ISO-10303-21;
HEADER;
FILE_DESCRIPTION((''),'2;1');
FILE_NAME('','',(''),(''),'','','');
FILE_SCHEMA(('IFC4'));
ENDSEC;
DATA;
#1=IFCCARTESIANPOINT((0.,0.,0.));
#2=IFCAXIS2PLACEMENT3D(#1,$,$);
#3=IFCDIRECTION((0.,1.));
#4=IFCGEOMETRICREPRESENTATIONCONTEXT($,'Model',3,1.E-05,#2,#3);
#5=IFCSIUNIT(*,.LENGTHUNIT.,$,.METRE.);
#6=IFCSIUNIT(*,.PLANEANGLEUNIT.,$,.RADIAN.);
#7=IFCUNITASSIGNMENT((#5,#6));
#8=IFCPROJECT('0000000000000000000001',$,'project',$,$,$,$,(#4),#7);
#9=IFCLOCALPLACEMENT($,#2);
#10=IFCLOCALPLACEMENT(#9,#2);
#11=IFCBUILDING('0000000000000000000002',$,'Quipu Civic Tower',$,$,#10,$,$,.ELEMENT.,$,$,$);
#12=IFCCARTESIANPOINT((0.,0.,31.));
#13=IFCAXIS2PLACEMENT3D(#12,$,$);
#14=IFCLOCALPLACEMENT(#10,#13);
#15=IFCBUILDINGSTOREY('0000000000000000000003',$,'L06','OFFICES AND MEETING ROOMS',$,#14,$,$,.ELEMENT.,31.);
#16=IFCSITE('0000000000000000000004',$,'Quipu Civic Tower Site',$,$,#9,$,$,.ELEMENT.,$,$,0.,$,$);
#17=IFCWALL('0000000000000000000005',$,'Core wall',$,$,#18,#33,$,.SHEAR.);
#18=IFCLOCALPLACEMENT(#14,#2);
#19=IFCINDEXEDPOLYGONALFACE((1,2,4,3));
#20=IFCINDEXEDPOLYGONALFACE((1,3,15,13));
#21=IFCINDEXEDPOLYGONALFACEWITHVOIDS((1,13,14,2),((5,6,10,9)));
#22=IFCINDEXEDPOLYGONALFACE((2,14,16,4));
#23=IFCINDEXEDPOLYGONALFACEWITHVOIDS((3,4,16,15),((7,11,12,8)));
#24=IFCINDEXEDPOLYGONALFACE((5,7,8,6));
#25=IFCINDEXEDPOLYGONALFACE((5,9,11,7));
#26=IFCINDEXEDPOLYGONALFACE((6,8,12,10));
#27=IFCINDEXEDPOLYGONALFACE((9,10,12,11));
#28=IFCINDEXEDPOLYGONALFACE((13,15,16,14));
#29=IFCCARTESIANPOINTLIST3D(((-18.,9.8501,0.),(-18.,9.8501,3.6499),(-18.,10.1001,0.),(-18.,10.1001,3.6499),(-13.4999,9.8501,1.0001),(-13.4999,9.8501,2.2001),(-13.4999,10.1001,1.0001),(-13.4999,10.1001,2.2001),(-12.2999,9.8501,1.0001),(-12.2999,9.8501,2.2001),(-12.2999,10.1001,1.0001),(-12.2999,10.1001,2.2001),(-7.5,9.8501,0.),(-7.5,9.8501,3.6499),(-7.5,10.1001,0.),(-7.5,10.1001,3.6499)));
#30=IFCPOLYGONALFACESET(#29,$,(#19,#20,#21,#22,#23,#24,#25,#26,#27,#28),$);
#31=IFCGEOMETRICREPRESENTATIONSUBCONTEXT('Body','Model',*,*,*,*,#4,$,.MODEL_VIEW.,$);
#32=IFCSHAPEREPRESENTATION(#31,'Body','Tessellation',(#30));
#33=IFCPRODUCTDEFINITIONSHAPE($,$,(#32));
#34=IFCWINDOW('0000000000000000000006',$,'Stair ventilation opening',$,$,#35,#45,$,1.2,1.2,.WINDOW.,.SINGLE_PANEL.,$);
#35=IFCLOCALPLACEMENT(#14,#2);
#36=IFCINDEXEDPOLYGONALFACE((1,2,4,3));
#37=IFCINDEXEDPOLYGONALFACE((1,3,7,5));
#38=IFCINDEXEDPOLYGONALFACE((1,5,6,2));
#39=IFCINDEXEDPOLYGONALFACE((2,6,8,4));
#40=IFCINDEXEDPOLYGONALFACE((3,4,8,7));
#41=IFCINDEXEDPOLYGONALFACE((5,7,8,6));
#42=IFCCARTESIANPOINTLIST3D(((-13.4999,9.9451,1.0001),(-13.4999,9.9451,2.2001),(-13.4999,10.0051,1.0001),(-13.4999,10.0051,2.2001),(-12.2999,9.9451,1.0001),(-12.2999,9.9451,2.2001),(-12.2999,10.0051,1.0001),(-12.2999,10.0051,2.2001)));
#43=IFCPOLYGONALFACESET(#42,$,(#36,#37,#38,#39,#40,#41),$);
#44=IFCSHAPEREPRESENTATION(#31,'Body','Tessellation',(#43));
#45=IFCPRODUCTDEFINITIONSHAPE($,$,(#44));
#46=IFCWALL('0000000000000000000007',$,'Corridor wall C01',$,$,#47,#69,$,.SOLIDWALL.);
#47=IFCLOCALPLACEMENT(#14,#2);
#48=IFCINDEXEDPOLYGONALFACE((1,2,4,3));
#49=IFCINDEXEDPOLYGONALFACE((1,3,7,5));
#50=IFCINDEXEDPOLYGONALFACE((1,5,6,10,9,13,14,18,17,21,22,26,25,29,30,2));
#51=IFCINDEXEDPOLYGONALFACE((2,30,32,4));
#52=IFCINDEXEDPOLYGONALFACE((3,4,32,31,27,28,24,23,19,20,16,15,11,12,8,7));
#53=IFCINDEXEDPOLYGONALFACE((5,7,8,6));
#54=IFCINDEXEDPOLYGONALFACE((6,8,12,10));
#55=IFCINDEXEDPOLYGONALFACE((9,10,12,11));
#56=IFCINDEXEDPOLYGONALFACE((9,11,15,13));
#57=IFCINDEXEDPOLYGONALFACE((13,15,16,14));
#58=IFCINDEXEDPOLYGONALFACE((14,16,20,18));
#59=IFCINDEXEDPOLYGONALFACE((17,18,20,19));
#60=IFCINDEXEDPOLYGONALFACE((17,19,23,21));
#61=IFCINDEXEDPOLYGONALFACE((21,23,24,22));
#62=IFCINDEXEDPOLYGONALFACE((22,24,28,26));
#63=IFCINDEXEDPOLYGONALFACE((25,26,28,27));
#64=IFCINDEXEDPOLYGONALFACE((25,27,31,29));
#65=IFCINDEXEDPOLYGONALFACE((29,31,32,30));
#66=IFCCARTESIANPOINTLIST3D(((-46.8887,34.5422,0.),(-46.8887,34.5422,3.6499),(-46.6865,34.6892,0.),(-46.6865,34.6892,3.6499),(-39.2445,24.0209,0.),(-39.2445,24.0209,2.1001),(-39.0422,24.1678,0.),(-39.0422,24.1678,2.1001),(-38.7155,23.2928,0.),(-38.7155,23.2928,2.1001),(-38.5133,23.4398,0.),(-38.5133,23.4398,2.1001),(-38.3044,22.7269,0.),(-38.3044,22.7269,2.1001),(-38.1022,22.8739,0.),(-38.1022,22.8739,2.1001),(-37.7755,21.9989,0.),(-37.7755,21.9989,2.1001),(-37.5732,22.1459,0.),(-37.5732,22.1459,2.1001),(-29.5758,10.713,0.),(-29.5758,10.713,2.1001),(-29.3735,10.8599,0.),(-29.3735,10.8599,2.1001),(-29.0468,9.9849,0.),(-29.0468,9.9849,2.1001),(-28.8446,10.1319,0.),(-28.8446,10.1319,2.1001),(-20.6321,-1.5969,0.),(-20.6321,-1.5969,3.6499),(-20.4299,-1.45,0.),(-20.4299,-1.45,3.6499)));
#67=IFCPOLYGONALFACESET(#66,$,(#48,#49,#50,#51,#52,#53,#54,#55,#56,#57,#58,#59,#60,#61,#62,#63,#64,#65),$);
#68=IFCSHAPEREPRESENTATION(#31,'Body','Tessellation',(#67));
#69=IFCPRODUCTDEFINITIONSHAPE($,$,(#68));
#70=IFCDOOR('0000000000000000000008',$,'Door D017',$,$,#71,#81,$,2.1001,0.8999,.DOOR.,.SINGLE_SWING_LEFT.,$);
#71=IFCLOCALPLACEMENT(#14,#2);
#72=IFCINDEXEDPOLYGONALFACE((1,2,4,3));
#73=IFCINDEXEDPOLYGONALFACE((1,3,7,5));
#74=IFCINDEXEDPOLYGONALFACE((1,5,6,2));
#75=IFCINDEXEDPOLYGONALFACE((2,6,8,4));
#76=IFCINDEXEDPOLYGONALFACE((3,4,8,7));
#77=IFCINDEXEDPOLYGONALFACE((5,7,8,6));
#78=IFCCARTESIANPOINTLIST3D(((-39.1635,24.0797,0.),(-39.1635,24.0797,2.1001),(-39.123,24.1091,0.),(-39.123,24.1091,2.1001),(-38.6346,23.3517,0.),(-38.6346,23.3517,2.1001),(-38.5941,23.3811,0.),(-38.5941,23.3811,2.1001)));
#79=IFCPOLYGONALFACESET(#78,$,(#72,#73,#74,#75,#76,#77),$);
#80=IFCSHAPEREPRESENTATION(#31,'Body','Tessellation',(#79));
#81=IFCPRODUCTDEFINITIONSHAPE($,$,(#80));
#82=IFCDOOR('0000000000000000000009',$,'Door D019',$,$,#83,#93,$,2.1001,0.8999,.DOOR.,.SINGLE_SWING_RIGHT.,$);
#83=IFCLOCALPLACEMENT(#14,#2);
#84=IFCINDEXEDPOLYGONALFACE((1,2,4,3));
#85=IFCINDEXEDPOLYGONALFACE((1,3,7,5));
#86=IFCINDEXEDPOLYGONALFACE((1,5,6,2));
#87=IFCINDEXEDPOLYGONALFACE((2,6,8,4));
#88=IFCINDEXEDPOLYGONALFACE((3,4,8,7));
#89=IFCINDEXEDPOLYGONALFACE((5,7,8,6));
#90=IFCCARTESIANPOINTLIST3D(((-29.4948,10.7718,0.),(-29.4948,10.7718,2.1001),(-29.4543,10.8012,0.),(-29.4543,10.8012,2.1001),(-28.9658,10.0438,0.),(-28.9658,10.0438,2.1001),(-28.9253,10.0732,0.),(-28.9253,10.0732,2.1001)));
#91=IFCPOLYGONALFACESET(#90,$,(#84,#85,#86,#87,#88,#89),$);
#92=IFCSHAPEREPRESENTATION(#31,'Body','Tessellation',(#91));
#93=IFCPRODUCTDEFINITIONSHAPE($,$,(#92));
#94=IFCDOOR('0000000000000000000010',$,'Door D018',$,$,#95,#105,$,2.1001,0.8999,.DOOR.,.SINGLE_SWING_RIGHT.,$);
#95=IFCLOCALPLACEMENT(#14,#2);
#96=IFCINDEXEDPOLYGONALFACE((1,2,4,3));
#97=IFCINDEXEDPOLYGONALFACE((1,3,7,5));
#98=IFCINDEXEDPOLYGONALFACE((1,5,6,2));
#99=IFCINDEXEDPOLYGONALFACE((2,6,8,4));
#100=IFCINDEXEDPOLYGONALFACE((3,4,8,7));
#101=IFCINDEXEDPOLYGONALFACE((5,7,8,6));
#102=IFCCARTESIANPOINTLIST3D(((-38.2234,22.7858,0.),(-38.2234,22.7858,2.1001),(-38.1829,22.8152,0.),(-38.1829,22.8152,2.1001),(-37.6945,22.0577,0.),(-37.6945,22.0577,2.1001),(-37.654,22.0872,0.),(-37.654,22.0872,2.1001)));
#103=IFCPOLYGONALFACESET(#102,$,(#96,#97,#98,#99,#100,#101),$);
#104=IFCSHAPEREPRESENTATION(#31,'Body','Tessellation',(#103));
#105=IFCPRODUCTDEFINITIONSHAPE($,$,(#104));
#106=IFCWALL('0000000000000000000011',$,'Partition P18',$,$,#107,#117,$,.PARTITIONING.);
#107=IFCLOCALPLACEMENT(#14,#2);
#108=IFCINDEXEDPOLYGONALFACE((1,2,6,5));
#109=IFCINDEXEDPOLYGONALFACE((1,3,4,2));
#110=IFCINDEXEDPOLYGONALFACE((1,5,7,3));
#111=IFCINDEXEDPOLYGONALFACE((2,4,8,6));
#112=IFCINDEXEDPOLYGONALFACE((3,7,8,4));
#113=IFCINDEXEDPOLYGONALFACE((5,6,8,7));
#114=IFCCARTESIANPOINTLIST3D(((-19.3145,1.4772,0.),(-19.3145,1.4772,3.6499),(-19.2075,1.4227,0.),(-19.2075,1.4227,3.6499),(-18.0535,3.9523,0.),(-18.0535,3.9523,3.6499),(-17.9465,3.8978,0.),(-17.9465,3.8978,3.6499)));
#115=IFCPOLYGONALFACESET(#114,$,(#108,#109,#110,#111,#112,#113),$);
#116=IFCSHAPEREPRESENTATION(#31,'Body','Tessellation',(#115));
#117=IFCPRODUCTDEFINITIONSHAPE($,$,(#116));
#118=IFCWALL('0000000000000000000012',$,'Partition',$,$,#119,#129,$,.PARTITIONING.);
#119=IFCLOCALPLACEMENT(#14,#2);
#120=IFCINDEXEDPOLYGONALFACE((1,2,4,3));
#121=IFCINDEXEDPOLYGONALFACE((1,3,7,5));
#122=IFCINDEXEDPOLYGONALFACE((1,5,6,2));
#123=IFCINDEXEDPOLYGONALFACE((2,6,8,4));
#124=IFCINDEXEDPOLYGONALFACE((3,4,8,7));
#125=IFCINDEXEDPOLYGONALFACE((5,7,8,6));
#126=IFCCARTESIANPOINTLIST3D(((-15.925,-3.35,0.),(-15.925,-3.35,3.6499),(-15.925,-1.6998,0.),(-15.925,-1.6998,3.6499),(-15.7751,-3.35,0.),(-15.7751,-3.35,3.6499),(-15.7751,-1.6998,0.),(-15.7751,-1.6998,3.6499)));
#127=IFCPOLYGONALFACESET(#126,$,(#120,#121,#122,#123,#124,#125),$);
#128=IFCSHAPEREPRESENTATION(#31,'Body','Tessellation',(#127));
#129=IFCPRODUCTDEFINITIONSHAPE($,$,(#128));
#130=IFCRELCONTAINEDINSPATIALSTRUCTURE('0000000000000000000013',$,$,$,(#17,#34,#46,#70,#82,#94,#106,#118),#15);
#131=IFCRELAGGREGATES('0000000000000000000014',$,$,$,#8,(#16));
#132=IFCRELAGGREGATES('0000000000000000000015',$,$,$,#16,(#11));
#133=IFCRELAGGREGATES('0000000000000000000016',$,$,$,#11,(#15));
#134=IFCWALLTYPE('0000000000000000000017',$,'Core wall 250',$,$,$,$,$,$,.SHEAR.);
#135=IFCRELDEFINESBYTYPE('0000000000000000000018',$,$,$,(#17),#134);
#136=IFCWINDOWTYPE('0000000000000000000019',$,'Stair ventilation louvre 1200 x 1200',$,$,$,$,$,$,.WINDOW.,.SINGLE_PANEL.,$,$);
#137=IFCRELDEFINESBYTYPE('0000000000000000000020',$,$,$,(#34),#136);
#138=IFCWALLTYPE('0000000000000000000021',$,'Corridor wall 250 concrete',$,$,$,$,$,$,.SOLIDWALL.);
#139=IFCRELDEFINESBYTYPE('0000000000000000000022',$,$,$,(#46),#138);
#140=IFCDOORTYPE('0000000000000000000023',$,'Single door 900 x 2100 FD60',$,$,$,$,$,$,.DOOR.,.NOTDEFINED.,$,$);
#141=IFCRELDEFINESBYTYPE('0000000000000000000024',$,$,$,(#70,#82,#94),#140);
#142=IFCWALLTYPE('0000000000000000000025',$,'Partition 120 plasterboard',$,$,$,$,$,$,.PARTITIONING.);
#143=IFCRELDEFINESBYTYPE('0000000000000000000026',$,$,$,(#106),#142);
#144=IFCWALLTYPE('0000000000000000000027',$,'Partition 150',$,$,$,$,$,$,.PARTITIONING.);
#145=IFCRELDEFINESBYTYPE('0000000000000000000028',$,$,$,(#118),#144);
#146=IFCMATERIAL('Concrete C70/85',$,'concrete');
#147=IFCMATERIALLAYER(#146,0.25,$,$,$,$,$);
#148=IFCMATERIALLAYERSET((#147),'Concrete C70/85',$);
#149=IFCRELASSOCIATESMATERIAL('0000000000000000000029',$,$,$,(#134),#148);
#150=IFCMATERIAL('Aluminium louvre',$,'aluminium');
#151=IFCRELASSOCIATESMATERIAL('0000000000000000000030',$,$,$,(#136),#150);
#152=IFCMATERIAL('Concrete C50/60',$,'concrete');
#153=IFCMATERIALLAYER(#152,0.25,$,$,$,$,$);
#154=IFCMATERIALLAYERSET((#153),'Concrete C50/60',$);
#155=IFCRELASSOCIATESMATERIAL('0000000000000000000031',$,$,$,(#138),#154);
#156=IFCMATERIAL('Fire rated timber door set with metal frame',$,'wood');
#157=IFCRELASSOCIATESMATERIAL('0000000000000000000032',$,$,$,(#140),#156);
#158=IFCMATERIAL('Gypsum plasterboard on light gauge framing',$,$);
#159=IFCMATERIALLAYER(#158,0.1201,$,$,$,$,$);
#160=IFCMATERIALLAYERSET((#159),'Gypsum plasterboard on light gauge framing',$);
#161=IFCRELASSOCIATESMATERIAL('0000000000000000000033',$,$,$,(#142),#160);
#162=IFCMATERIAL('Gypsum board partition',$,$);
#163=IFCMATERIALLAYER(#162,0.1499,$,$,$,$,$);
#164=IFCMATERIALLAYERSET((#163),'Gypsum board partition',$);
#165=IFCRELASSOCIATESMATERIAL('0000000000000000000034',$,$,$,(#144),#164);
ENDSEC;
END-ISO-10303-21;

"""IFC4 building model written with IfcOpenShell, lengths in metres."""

from ifc_helpers import new_model, si_unit, direction, frame, frame_2d, origin, place, context, subcontext, project, spatial, rectangle, extrude, material, layer, layer_set, type_object, element, fill, save


model = new_model("IFC4")

# Units and contexts
model_context = context("Model", 3, precision=1e-05, world=origin(), true_north=direction((0.0, 1.0)))
body_context = subcontext(model_context, "Body", "Model", "MODEL_VIEW")
ifc_project = project(units=[si_unit("LENGTHUNIT", "METRE"), si_unit("PLANEANGLEUNIT", "RADIAN")], contexts=[model_context])

# Site, building, storey
site_placement = place(None, origin())
site = spatial("IfcSite", under=ifc_project, at=site_placement, Name="Quipu Civic Tower Site", CompositionType="ELEMENT", RefElevation=0.0)
building_placement = place(site_placement, origin())
building = spatial("IfcBuilding", under=site, at=building_placement, Name="Quipu Civic Tower", CompositionType="ELEMENT")
storey_placement = place(building_placement, frame((0.0, 0.0, 31.0)))
storey = spatial("IfcBuildingStorey", under=building, at=storey_placement, Name="L06", Description="OFFICES AND MEETING ROOMS", CompositionType="ELEMENT", Elevation=31.0)

# Shared definitions
ifc_material_1 = material(Name="Concrete C70/85", Category="concrete")
ifc_layer_1 = layer(ifc_material_1, 0.25)
ifc_layer_set_1 = layer_set([ifc_layer_1], Name="Concrete C70/85")
wall_type_1 = type_object("IfcWallType", Name="Core wall 250", PredefinedType="SHEAR", material=ifc_layer_set_1)

# Wall, opening, window
wall_1_placement = place(storey_placement, frame((-18.0, 9.9751, 0.0), z_axis=(0.0, 0.0, 1.0), x_axis=(1.0, 0.0, 0.0)))
wall_1 = element("IfcWall", 1, at=wall_1_placement, inside=storey, type_object=wall_type_1, Name="Core wall", PredefinedType="SHEAR", context=body_context, shape_type="SweptSolid", body=[
    extrude(rectangle(XDim=10.5, YDim=0.25, at=frame_2d((5.25, 0.0))), origin(), (0.0, 0.0, 1.0), 3.6499),
])
opening_1_placement = place(wall_1_placement, frame((4.5, 0.0, 1.0)))
opening_1 = element("IfcOpeningElement", 2, at=opening_1_placement, cuts=wall_1, PredefinedType="OPENING", context=body_context, shape_type="SweptSolid", body=[
    extrude(rectangle(XDim=1.2, YDim=1.2, at=frame_2d((0.6001, 0.6001))), frame((0.0, 0.135, 0.0), z_axis=(0.0, -1.0, 0.0), x_axis=(1.0, 0.0, 0.0)), (0.0, 0.0, 1.0), 0.27),
])
ifc_material_2 = material(Name="Aluminium louvre", Category="aluminium")
window_type = type_object("IfcWindowType", Name="Stair ventilation louvre 1200 x 1200", PartitioningType="SINGLE_PANEL", PredefinedType="WINDOW", material=ifc_material_2)
window_placement = place(opening_1_placement, origin())
window = element("IfcWindow", 3, at=window_placement, inside=storey, type_object=window_type, Name="Stair ventilation opening", OverallHeight=1.2, OverallWidth=1.2, PartitioningType="SINGLE_PANEL", PredefinedType="WINDOW", context=body_context, shape_type="SweptSolid", body=[
    extrude(rectangle(XDim=1.2, YDim=1.2, at=frame_2d((0.6001, 0.6001))), frame((0.0, 0.03, 0.0), z_axis=(0.0, -1.0, 0.0), x_axis=(1.0, 0.0, 0.0)), (0.0, 0.0, 1.0), 0.0601),
])
fill(opening_1, window)

# Wall, openings, doors
ifc_material_3 = material(Name="Concrete C50/60", Category="concrete")
ifc_layer_2 = layer(ifc_material_3, 0.25)
ifc_layer_set_2 = layer_set([ifc_layer_2], Name="Concrete C50/60")
wall_type_2 = type_object("IfcWallType", Name="Corridor wall 250 concrete", PredefinedType="SOLIDWALL", material=ifc_layer_set_2)
wall_2_placement = place(storey_placement, frame((-20.531, -1.5234, 0.0), z_axis=(0.0, 0.0, 1.0), x_axis=(-0.587785, 0.809017, 0.0)))
wall_2 = element("IfcWall", 4, at=wall_2_placement, inside=storey, type_object=wall_type_2, Name="Corridor wall C01", PredefinedType="SOLIDWALL", context=body_context, shape_type="SweptSolid", body=[
    extrude(rectangle(XDim=44.6704, YDim=0.25, at=frame_2d((22.3352, 0.0))), origin(), (0.0, 0.0, 1.0), 3.6499),
])
opening_2_placement = place(wall_2_placement, frame((30.7654, 0.0, 0.0)))
opening_2 = element("IfcOpeningElement", 5, at=opening_2_placement, cuts=wall_2, PredefinedType="OPENING", context=body_context, shape_type="SweptSolid", body=[
    extrude(rectangle(XDim=0.8999, YDim=2.1001, at=frame_2d((0.45, 1.05))), frame((0.0, 0.135, 0.0), z_axis=(0.0, -1.0, 0.0), x_axis=(1.0, 0.0, 0.0)), (0.0, 0.0, 1.0), 0.27),
])
opening_3_placement = place(wall_2_placement, frame((14.3159, 0.0, 0.0)))
opening_3 = element("IfcOpeningElement", 6, at=opening_3_placement, cuts=wall_2, PredefinedType="OPENING", context=body_context, shape_type="SweptSolid", body=[
    extrude(rectangle(XDim=0.8999, YDim=2.1001, at=frame_2d((0.45, 1.05))), frame((0.0, 0.135, 0.0), z_axis=(0.0, -1.0, 0.0), x_axis=(1.0, 0.0, 0.0)), (0.0, 0.0, 1.0), 0.27),
])
opening_4_placement = place(wall_2_placement, frame((29.166, 0.0, 0.0)))
opening_4 = element("IfcOpeningElement", 7, at=opening_4_placement, cuts=wall_2, PredefinedType="OPENING", context=body_context, shape_type="SweptSolid", body=[
    extrude(rectangle(XDim=0.8999, YDim=2.1001, at=frame_2d((0.45, 1.05))), frame((0.0, 0.135, 0.0), z_axis=(0.0, -1.0, 0.0), x_axis=(1.0, 0.0, 0.0)), (0.0, 0.0, 1.0), 0.27),
])
ifc_material_4 = material(Name="Fire rated timber door set with metal frame", Category="wood")
door_type_1 = type_object("IfcDoorType", Name="Single door 900 x 2100 FD60", OperationType="NOTDEFINED", PredefinedType="DOOR", material=ifc_material_4)
door_1_placement = place(opening_2_placement, origin())
door_1 = element("IfcDoor", 8, at=door_1_placement, inside=storey, type_object=door_type_1, Name="Door D017", OperationType="SINGLE_SWING_LEFT", OverallHeight=2.1001, OverallWidth=0.8999, PredefinedType="DOOR", context=body_context, shape_type="SweptSolid", body=[
    extrude(rectangle(XDim=0.8999, YDim=2.1001, at=frame_2d((0.45, 1.05))), frame((0.0, 0.0249, 0.0), z_axis=(0.0, -1.0, 0.0), x_axis=(1.0, 0.0, 0.0)), (0.0, 0.0, 1.0), 0.05),
])
fill(opening_2, door_1)
door_2_placement = place(opening_3_placement, origin())
door_2 = element("IfcDoor", 9, at=door_2_placement, inside=storey, type_object=door_type_1, Name="Door D019", OperationType="SINGLE_SWING_RIGHT", OverallHeight=2.1001, OverallWidth=0.8999, PredefinedType="DOOR", context=body_context, shape_type="SweptSolid", body=[
    extrude(rectangle(XDim=0.8999, YDim=2.1001, at=frame_2d((0.45, 1.05))), frame((0.0, 0.0249, 0.0), z_axis=(0.0, -1.0, 0.0), x_axis=(1.0, 0.0, 0.0)), (0.0, 0.0, 1.0), 0.05),
])
fill(opening_3, door_2)
door_3_placement = place(opening_4_placement, origin())
door_3 = element("IfcDoor", 10, at=door_3_placement, inside=storey, type_object=door_type_1, Name="Door D018", OperationType="SINGLE_SWING_RIGHT", OverallHeight=2.1001, OverallWidth=0.8999, PredefinedType="DOOR", context=body_context, shape_type="SweptSolid", body=[
    extrude(rectangle(XDim=0.8999, YDim=2.1001, at=frame_2d((0.45, 1.05))), frame((0.0, 0.0249, 0.0), z_axis=(0.0, -1.0, 0.0), x_axis=(1.0, 0.0, 0.0)), (0.0, 0.0, 1.0), 0.05),
])
fill(opening_4, door_3)

# Walls
ifc_material_5 = material(Name="Gypsum plasterboard on light gauge framing")
ifc_layer_3 = layer(ifc_material_5, 0.1201)
ifc_layer_set_3 = layer_set([ifc_layer_3], Name="Gypsum plasterboard on light gauge framing")
wall_type_3 = type_object("IfcWallType", Name="Partition 120 plasterboard", PredefinedType="PARTITIONING", material=ifc_layer_set_3)
wall_3_placement = place(storey_placement, frame((-19.261, 1.45, 0.0), z_axis=(0.0, 0.0, 1.0), x_axis=(0.453951, 0.891027, 0.0)))
element("IfcWall", 11, at=wall_3_placement, inside=storey, type_object=wall_type_3, Name="Partition P18", PredefinedType="PARTITIONING", context=body_context, shape_type="SweptSolid", body=[
    extrude(rectangle(XDim=2.7778, YDim=0.1201, at=frame_2d((1.3889, 0.0))), origin(), (0.0, 0.0, 1.0), 3.6499),
])
ifc_material_6 = material(Name="Gypsum board partition")
ifc_layer_4 = layer(ifc_material_6, 0.1499)
ifc_layer_set_4 = layer_set([ifc_layer_4], Name="Gypsum board partition")
wall_type_4 = type_object("IfcWallType", Name="Partition 150", PredefinedType="PARTITIONING", material=ifc_layer_set_4)
wall_4_placement = place(storey_placement, frame((-15.8501, -3.3501, 0.0), z_axis=(0.0, 0.0, 1.0), x_axis=(0.0, 1.0, 0.0)))
element("IfcWall", 12, at=wall_4_placement, inside=storey, type_object=wall_type_4, Name="Partition", PredefinedType="PARTITIONING", context=body_context, shape_type="SweptSolid", body=[
    extrude(rectangle(XDim=1.6501, YDim=0.1499, at=frame_2d((0.8252, 0.0))), origin(), (0.0, 0.0, 1.0), 3.6499),
])

save(model, "model.ifc")
